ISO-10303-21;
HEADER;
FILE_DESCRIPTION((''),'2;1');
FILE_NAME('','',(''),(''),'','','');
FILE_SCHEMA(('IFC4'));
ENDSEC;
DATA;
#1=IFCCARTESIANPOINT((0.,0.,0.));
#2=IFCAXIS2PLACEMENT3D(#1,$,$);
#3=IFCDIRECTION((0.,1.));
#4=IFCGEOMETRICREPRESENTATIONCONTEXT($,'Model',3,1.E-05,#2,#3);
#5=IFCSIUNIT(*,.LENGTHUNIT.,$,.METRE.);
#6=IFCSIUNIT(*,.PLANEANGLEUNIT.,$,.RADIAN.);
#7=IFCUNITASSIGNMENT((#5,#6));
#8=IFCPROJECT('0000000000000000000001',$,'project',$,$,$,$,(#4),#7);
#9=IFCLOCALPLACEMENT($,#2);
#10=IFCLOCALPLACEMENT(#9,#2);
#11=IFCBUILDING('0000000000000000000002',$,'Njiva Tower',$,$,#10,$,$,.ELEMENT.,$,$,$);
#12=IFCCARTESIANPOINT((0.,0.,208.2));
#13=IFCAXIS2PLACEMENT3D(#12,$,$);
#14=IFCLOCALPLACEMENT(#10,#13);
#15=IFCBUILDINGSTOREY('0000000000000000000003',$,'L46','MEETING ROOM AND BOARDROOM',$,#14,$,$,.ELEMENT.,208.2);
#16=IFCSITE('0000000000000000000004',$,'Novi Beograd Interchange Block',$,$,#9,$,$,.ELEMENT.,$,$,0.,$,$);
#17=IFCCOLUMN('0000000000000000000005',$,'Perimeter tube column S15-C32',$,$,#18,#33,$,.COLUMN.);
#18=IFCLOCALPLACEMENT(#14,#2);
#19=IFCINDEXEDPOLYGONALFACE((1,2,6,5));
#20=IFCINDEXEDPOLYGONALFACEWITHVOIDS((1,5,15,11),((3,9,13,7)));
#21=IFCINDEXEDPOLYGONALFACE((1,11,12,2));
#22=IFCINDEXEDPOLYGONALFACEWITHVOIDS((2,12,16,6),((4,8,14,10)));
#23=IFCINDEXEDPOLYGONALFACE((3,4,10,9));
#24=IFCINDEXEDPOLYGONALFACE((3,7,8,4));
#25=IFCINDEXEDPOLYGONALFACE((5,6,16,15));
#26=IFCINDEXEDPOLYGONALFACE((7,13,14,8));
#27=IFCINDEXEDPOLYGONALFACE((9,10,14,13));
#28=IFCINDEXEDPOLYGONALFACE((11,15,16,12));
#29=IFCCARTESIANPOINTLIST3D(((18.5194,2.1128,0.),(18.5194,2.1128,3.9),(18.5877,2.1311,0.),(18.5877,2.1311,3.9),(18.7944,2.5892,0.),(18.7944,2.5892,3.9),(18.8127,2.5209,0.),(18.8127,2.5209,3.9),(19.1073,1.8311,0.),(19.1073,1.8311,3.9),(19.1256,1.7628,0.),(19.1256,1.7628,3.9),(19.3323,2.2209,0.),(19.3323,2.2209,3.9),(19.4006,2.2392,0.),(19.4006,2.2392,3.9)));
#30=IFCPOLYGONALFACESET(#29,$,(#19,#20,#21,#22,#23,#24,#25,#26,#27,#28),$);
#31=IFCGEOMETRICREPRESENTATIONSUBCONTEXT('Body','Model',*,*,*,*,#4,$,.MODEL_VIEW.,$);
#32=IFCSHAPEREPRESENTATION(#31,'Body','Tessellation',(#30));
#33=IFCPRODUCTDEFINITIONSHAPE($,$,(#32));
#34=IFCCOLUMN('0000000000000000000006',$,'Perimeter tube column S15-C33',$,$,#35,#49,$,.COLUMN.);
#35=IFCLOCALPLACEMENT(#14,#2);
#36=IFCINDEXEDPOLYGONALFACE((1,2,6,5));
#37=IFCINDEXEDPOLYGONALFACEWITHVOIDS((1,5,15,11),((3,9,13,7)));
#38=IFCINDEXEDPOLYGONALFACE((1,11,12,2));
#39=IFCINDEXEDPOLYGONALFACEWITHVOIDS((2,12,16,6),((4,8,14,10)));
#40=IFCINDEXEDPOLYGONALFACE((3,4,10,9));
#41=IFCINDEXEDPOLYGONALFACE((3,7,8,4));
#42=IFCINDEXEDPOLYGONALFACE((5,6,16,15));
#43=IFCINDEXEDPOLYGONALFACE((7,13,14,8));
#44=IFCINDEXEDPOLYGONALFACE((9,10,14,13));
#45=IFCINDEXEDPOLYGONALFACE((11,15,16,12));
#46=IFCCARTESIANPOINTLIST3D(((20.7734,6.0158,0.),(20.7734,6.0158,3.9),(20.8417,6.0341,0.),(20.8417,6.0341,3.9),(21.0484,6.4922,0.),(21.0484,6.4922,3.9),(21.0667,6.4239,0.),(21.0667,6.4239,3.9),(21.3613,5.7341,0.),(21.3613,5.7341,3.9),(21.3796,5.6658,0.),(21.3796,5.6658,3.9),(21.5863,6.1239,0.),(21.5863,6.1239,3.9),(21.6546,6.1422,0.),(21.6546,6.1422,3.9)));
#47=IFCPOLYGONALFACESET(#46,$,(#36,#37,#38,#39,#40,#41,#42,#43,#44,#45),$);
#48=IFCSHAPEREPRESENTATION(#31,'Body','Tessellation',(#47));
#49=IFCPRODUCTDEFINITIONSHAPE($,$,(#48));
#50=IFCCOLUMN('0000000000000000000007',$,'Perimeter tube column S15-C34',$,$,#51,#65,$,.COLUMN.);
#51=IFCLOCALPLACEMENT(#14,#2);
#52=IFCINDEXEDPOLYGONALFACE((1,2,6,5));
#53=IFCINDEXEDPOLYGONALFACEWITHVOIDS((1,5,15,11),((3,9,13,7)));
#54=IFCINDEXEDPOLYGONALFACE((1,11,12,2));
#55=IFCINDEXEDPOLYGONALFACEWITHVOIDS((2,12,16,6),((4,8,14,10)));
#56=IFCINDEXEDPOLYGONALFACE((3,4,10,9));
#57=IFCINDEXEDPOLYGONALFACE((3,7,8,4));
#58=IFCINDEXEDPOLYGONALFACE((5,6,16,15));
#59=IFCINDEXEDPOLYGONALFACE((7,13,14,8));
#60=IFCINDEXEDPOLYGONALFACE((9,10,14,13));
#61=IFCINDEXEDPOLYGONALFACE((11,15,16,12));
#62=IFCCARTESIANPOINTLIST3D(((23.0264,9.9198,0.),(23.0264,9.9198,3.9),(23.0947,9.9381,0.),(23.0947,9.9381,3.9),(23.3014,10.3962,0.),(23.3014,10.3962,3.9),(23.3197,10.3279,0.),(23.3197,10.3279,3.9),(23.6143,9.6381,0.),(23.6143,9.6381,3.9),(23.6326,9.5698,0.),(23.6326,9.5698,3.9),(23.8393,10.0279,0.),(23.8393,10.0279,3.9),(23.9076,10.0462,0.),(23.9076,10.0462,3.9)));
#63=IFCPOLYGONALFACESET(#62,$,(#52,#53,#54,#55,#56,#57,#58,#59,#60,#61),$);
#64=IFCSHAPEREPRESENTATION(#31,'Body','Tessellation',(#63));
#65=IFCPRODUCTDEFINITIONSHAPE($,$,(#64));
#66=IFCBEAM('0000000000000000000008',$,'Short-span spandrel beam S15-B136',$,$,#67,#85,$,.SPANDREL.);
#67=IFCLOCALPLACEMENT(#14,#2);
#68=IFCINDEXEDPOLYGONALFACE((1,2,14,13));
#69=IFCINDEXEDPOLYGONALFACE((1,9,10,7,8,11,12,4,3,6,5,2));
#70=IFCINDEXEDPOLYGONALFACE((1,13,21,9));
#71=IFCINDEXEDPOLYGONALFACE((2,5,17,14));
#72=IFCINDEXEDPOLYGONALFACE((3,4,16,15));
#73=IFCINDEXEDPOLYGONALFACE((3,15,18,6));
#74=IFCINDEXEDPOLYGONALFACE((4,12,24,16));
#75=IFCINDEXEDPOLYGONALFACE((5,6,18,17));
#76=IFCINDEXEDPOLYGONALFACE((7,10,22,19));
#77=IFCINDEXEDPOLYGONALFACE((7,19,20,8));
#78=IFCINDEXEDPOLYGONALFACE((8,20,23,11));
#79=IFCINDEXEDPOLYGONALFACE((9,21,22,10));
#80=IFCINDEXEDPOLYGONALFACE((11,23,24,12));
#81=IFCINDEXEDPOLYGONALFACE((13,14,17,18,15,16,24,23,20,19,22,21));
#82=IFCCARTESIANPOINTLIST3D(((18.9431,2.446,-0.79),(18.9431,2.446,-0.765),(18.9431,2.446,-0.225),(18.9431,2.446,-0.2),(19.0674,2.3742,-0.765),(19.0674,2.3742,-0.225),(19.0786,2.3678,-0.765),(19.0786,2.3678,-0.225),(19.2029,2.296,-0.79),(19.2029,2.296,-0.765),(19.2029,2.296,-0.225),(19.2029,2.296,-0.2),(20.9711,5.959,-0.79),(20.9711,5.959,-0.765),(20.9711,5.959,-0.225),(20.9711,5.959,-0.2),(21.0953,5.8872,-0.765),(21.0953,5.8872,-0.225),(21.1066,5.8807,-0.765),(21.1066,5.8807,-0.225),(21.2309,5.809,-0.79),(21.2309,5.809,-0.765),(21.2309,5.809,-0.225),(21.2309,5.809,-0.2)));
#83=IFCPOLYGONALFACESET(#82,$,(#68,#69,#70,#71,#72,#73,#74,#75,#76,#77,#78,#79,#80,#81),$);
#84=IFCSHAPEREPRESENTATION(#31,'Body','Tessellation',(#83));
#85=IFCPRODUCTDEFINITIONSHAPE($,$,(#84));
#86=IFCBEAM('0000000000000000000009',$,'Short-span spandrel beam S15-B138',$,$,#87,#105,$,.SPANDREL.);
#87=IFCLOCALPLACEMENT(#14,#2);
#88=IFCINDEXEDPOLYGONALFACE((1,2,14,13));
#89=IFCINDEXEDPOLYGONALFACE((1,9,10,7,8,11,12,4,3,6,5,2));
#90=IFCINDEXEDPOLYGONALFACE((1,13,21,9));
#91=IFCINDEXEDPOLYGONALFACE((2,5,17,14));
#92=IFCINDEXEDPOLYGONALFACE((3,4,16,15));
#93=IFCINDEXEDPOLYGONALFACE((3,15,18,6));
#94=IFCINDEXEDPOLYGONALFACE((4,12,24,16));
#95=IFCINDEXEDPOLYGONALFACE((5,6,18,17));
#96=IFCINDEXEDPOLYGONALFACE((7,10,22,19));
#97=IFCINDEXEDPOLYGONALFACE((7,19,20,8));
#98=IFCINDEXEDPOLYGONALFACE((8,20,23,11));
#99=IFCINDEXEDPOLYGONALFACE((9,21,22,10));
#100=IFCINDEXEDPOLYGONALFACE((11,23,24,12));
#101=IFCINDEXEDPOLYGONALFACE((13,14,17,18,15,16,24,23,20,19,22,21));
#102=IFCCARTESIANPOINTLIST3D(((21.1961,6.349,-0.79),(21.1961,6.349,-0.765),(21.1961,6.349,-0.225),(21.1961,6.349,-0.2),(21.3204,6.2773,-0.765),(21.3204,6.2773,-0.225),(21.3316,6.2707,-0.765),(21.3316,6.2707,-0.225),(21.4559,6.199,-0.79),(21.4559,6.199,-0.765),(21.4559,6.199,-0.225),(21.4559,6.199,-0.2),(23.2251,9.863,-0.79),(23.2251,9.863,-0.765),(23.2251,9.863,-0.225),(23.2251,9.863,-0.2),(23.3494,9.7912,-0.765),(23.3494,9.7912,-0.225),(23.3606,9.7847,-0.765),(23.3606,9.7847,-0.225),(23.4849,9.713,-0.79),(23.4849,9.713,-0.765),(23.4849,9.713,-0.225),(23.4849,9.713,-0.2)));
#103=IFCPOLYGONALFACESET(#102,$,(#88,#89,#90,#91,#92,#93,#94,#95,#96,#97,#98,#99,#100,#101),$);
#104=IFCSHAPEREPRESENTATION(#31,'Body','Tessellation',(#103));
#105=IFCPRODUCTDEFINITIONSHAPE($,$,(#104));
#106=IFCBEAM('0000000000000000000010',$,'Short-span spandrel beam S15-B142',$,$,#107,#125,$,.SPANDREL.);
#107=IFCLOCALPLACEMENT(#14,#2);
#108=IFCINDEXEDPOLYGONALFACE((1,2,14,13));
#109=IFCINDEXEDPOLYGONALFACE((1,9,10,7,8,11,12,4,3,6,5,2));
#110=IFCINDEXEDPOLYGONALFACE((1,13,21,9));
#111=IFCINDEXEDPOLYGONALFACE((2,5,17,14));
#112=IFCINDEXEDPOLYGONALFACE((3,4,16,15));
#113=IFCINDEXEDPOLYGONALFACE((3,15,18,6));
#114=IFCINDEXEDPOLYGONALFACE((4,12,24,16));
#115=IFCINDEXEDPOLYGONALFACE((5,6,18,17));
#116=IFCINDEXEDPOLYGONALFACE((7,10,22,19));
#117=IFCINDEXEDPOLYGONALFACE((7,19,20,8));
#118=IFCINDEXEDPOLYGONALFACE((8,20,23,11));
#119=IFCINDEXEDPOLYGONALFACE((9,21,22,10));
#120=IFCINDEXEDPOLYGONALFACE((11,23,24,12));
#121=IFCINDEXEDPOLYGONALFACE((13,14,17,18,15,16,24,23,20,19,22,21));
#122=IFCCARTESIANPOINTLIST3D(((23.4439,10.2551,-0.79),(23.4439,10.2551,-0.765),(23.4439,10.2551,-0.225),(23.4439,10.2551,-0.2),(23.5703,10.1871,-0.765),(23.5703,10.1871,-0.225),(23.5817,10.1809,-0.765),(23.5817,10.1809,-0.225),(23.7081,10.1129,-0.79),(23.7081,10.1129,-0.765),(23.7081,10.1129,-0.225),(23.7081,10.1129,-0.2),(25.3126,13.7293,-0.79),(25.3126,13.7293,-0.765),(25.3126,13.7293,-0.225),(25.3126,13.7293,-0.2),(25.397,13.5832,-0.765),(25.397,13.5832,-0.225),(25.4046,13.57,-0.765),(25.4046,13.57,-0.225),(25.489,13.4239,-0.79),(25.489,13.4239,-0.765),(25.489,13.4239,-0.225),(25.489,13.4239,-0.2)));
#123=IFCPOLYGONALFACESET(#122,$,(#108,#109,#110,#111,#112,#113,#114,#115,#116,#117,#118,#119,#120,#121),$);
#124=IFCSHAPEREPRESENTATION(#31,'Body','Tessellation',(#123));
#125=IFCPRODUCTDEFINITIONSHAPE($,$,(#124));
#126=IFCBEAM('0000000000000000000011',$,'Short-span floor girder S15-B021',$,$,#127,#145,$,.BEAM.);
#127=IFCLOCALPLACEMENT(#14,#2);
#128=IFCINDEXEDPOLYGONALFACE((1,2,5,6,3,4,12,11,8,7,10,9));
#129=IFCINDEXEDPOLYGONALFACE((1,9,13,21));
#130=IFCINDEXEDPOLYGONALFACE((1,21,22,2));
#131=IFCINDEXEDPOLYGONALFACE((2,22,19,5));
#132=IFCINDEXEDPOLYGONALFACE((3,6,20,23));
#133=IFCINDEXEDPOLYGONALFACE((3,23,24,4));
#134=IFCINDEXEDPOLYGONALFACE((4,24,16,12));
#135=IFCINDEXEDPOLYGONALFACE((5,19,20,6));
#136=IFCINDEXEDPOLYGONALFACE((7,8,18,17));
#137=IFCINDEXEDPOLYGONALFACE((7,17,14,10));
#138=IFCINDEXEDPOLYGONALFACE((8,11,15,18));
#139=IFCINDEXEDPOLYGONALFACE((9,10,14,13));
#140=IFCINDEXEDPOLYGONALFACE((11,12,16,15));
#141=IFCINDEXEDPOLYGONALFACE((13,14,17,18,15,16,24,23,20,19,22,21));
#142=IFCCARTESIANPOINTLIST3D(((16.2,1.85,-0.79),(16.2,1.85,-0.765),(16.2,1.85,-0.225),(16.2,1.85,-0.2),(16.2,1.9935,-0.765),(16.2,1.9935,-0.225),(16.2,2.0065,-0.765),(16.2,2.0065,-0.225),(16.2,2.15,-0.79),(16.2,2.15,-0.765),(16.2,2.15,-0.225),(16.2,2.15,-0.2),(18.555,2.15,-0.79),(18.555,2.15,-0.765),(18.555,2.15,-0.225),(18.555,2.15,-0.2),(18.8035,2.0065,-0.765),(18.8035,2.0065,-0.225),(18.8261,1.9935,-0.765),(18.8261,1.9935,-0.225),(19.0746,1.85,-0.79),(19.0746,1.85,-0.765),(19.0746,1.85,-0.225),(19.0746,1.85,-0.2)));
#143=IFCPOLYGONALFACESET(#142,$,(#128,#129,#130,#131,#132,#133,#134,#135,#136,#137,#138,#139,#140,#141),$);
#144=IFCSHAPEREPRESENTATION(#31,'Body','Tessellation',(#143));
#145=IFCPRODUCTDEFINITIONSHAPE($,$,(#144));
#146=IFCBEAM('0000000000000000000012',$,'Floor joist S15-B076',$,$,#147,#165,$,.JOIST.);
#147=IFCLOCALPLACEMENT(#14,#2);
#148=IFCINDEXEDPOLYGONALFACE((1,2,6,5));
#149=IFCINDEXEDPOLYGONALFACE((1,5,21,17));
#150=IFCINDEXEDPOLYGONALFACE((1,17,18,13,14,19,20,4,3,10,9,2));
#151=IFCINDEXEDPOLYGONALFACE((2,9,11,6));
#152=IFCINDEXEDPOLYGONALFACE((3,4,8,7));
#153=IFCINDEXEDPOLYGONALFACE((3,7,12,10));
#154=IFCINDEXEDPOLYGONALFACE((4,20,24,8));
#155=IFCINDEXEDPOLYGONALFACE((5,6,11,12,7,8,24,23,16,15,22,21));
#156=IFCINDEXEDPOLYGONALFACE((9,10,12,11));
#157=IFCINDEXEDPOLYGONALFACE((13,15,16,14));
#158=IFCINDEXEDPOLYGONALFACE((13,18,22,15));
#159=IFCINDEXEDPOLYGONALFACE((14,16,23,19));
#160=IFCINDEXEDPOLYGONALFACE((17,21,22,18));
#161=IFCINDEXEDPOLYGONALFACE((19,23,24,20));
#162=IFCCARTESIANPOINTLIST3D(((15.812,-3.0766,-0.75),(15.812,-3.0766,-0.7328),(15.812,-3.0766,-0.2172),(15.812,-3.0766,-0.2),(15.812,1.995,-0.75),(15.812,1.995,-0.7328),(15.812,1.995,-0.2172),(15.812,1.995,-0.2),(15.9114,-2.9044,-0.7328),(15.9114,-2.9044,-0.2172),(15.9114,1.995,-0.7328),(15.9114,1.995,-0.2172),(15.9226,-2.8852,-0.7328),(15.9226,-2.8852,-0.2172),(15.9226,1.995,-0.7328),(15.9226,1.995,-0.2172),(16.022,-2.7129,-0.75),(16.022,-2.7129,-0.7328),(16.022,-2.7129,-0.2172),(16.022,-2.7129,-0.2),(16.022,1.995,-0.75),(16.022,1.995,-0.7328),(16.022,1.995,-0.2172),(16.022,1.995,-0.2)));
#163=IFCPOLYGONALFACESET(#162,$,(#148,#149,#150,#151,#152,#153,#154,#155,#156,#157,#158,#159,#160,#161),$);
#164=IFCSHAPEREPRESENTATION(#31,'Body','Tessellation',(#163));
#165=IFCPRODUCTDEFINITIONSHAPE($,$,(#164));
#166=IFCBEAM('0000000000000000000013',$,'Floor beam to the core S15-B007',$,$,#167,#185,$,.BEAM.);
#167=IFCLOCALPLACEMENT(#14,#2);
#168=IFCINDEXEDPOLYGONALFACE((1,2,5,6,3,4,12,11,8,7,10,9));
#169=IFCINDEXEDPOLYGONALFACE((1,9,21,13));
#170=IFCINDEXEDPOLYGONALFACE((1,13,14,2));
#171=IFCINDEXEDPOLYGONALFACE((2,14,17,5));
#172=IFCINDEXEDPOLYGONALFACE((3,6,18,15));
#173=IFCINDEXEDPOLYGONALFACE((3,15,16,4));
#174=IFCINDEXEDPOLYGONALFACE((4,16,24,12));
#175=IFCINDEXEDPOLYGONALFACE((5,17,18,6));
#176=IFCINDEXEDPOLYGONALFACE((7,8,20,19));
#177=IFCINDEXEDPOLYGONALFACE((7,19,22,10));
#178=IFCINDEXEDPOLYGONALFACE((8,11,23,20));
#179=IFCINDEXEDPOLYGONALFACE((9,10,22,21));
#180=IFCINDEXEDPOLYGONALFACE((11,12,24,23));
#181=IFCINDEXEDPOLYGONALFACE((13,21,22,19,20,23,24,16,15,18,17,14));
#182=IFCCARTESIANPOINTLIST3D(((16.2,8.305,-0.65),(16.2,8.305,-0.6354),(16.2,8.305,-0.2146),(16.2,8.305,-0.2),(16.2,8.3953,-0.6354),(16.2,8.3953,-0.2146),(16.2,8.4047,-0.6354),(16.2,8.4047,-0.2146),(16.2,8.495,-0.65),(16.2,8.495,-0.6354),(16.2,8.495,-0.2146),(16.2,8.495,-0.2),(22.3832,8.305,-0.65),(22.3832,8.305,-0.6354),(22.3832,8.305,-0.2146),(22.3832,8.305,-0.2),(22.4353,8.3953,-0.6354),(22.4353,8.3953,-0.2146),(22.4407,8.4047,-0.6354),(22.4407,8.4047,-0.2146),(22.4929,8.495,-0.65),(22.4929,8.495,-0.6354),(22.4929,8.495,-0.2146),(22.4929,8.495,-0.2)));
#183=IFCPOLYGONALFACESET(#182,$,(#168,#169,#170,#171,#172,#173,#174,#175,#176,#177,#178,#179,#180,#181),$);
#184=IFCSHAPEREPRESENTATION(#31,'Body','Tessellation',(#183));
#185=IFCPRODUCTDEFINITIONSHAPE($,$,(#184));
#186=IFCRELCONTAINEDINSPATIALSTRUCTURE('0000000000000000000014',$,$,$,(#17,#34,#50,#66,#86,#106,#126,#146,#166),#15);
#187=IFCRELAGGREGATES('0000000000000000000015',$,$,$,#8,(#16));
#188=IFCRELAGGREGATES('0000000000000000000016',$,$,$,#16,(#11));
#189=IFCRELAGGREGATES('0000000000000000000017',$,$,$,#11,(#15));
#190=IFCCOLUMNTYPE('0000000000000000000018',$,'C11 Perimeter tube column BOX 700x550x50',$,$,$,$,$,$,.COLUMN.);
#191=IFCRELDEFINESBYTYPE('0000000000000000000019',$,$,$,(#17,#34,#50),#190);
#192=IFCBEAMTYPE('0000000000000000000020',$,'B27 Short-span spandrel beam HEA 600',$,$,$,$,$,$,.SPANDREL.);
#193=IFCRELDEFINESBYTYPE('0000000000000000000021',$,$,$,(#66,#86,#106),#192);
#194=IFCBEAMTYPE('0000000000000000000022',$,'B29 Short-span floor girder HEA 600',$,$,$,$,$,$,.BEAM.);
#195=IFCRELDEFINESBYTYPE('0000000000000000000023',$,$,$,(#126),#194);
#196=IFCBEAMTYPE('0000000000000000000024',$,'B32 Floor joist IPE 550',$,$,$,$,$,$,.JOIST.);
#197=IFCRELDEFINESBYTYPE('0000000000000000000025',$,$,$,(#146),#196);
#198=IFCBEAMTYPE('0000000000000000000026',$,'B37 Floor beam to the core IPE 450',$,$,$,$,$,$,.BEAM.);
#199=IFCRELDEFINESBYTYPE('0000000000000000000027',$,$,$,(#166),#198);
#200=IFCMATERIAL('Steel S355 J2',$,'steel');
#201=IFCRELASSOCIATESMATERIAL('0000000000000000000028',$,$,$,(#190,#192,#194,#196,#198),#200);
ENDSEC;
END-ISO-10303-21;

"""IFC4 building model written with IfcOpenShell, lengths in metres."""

from ifc_helpers import new_model, si_unit, direction, frame, origin, origin_2d, place, context, subcontext, project, spatial, hollow_rectangle, i_section, extrude, clip, halfspace, material, material_profile, profile_set, type_object, element, save


model = new_model("IFC4")

# Units and contexts
model_context = context("Model", 3, precision=1e-05, world=origin(), true_north=direction((0.0, 1.0)))
body_context = subcontext(model_context, "Body", "Model", "MODEL_VIEW")
ifc_project = project(units=[si_unit("LENGTHUNIT", "METRE"), si_unit("PLANEANGLEUNIT", "RADIAN")], contexts=[model_context])

# Site, building, storey
site_placement = place(None, origin())
site = spatial("IfcSite", under=ifc_project, at=site_placement, Name="Novi Beograd Interchange Block", CompositionType="ELEMENT", RefElevation=0.0)
building_placement = place(site_placement, origin())
building = spatial("IfcBuilding", under=site, at=building_placement, Name="Njiva Tower", CompositionType="ELEMENT")
storey_placement = place(building_placement, frame((0.0, 0.0, 208.2)))
storey = spatial("IfcBuildingStorey", under=building, at=storey_placement, Name="L46", Description="MEETING ROOM AND BOARDROOM", CompositionType="ELEMENT", Elevation=208.2)

# Columns
ifc_material_1 = material(Name="Steel S355 J2", Category="steel")
ifc_material_profile_1 = material_profile(ifc_material_1, hollow_rectangle(XDim=0.55, YDim=0.7, WallThickness=0.05, at=origin_2d()), Name="BOX 700x550x50")
ifc_profile_set_1 = profile_set([ifc_material_profile_1], Name="Steel S355 J2")
column_type = type_object("IfcColumnType", Name="C11 Perimeter tube column BOX 700x550x50", PredefinedType="COLUMN", material=ifc_profile_set_1)
for number, where, z_axis, x_axis, name in (
    (1, (18.96, 2.176, 0.0), (0.0, 0.0, 1.0), (0.5, 0.866025, 0.0), "Perimeter tube column S15-C32"),
    (2, (21.214, 6.079, 0.0), (0.0, 0.0, 1.0), (0.5, 0.866025, 0.0), "Perimeter tube column S15-C33"),
    (3, (23.467, 9.983, 0.0), (0.0, 0.0, 1.0), (0.5, 0.866025, 0.0), "Perimeter tube column S15-C34"),
):
    element("IfcColumn", number, at=place(storey_placement, frame(where, z_axis=z_axis, x_axis=x_axis)), inside=storey, type_object=column_type, Name=name, PredefinedType="COLUMN", context=body_context, shape_type="SweptSolid", body=[
        extrude(hollow_rectangle(XDim=0.55, YDim=0.7, WallThickness=0.05, at=origin_2d()), origin(), (0.0, 0.0, 1.0), 3.9),
    ])

# Beams
ifc_material_profile_2 = material_profile(ifc_material_1, i_section(OverallWidth=0.3, OverallDepth=0.59, WebThickness=0.013, FlangeThickness=0.025, at=origin_2d()), Name="HEA 600")
ifc_profile_set_2 = profile_set([ifc_material_profile_2], Name="Steel S355 J2")
beam_type_1 = type_object("IfcBeamType", Name="B27 Short-span spandrel beam HEA 600", PredefinedType="SPANDREL", material=ifc_profile_set_2)
beam_1_placement = place(storey_placement, frame((19.073, 2.371, -0.495), z_axis=(0.499957, 0.86605, 0.0), x_axis=(-0.86605, 0.499957, 0.0)))
element("IfcBeam", 4, at=beam_1_placement, inside=storey, type_object=beam_type_1, Name="Short-span spandrel beam S15-B136", PredefinedType="SPANDREL", context=body_context, shape_type="SweptSolid", body=[
    extrude(i_section(OverallWidth=0.3, OverallDepth=0.59, WebThickness=0.013, FlangeThickness=0.025, at=origin_2d()), origin(), (0.0, 0.0, 1.0), 4.0563),
])
beam_2_placement = place(storey_placement, frame((21.326, 6.274, -0.495), z_axis=(0.500035, 0.866005, 0.0), x_axis=(-0.866005, 0.500035, 0.0)))
element("IfcBeam", 5, at=beam_2_placement, inside=storey, type_object=beam_type_1, Name="Short-span spandrel beam S15-B138", PredefinedType="SPANDREL", context=body_context, shape_type="SweptSolid", body=[
    extrude(i_section(OverallWidth=0.3, OverallDepth=0.59, WebThickness=0.013, FlangeThickness=0.025, at=origin_2d()), origin(), (0.0, 0.0, 1.0), 4.0577),
])
beam_3_placement = place(storey_placement, frame((23.576, 10.184, -0.495), z_axis=(0.473697, 0.880688, 0.0), x_axis=(-0.880688, 0.473697, 0.0)))
element("IfcBeam", 6, at=beam_3_placement, inside=storey, type_object=beam_type_1, Name="Short-span spandrel beam S15-B142", PredefinedType="SPANDREL", context=body_context, shape_type="Clipping", body=[
    clip(extrude(i_section(OverallWidth=0.3, OverallDepth=0.59, WebThickness=0.013, FlangeThickness=0.025, at=origin_2d()), origin(), (0.0, 0.0, 1.0), 3.9657), halfspace(frame((-0.0262, 0.0, 3.836), z_axis=(-0.525851, 0.0, 0.850577), x_axis=(0.0, 1.0, 0.0)), False)),
])
ifc_material_profile_3 = material_profile(ifc_material_1, i_section(OverallWidth=0.3, OverallDepth=0.59, WebThickness=0.013, FlangeThickness=0.025, at=origin_2d()), Name="HEA 600")
ifc_profile_set_3 = profile_set([ifc_material_profile_3], Name="Steel S355 J2")
beam_type_2 = type_object("IfcBeamType", Name="B29 Short-span floor girder HEA 600", PredefinedType="BEAM", material=ifc_profile_set_3)
beam_4_placement = place(storey_placement, frame((16.2, 2.0, -0.495), z_axis=(1.0, 0.0, 0.0), x_axis=(0.0, 1.0, 0.0)))
element("IfcBeam", 7, at=beam_4_placement, inside=storey, type_object=beam_type_2, Name="Short-span floor girder S15-B021", PredefinedType="BEAM", context=body_context, shape_type="Clipping", body=[
    clip(extrude(i_section(OverallWidth=0.3, OverallDepth=0.59, WebThickness=0.013, FlangeThickness=0.025, at=origin_2d()), origin(), (0.0, 0.0, 1.0), 2.895), halfspace(frame((0.0433, 0.0, 2.5398), z_axis=(0.866027, 0.0, 0.499998), x_axis=(0.0, 1.0, 0.0)), False)),
])
ifc_material_profile_4 = material_profile(ifc_material_1, i_section(OverallWidth=0.21, OverallDepth=0.55, WebThickness=0.0111, FlangeThickness=0.0172, at=origin_2d()), Name="IPE 550")
ifc_profile_set_4 = profile_set([ifc_material_profile_4], Name="Steel S355 J2")
beam_type_3 = type_object("IfcBeamType", Name="B32 Floor joist IPE 550", PredefinedType="JOIST", material=ifc_profile_set_4)
beam_5_placement = place(storey_placement, frame((15.917, 1.995, -0.475), z_axis=(0.0, -1.0, 0.0), x_axis=(1.0, 0.0, 0.0)))
element("IfcBeam", 8, at=beam_5_placement, inside=storey, type_object=beam_type_3, Name="Floor joist S15-B076", PredefinedType="JOIST", context=body_context, shape_type="Clipping", body=[
    clip(extrude(i_section(OverallWidth=0.21, OverallDepth=0.55, WebThickness=0.0111, FlangeThickness=0.0172, at=origin_2d()), origin(), (0.0, 0.0, 1.0), 5.092), halfspace(frame((0.043, 0.0, 4.8153), z_axis=(0.866027, 0.0, 0.499998), x_axis=(0.0, 1.0, 0.0)), False)),
])
ifc_material_profile_5 = material_profile(ifc_material_1, i_section(OverallWidth=0.19, OverallDepth=0.45, WebThickness=0.0094, FlangeThickness=0.0146, at=origin_2d()), Name="IPE 450")
ifc_profile_set_5 = profile_set([ifc_material_profile_5], Name="Steel S355 J2")
beam_type_4 = type_object("IfcBeamType", Name="B37 Floor beam to the core IPE 450", PredefinedType="BEAM", material=ifc_profile_set_5)
beam_6_placement = place(storey_placement, frame((16.2, 8.4, -0.425), z_axis=(1.0, 0.0, 0.0), x_axis=(0.0, 1.0, 0.0)))
element("IfcBeam", 9, at=beam_6_placement, inside=storey, type_object=beam_type_4, Name="Floor beam to the core S15-B007", PredefinedType="BEAM", context=body_context, shape_type="Clipping", body=[
    clip(extrude(i_section(OverallWidth=0.19, OverallDepth=0.45, WebThickness=0.0094, FlangeThickness=0.0146, at=origin_2d()), origin(), (0.0, 0.0, 1.0), 6.313), halfspace(frame((-0.025, 0.0, 6.2236), z_axis=(-0.499998, 0.0, 0.866027), x_axis=(0.0, 1.0, 0.0)), False)),
])

save(model, "model.ifc")
